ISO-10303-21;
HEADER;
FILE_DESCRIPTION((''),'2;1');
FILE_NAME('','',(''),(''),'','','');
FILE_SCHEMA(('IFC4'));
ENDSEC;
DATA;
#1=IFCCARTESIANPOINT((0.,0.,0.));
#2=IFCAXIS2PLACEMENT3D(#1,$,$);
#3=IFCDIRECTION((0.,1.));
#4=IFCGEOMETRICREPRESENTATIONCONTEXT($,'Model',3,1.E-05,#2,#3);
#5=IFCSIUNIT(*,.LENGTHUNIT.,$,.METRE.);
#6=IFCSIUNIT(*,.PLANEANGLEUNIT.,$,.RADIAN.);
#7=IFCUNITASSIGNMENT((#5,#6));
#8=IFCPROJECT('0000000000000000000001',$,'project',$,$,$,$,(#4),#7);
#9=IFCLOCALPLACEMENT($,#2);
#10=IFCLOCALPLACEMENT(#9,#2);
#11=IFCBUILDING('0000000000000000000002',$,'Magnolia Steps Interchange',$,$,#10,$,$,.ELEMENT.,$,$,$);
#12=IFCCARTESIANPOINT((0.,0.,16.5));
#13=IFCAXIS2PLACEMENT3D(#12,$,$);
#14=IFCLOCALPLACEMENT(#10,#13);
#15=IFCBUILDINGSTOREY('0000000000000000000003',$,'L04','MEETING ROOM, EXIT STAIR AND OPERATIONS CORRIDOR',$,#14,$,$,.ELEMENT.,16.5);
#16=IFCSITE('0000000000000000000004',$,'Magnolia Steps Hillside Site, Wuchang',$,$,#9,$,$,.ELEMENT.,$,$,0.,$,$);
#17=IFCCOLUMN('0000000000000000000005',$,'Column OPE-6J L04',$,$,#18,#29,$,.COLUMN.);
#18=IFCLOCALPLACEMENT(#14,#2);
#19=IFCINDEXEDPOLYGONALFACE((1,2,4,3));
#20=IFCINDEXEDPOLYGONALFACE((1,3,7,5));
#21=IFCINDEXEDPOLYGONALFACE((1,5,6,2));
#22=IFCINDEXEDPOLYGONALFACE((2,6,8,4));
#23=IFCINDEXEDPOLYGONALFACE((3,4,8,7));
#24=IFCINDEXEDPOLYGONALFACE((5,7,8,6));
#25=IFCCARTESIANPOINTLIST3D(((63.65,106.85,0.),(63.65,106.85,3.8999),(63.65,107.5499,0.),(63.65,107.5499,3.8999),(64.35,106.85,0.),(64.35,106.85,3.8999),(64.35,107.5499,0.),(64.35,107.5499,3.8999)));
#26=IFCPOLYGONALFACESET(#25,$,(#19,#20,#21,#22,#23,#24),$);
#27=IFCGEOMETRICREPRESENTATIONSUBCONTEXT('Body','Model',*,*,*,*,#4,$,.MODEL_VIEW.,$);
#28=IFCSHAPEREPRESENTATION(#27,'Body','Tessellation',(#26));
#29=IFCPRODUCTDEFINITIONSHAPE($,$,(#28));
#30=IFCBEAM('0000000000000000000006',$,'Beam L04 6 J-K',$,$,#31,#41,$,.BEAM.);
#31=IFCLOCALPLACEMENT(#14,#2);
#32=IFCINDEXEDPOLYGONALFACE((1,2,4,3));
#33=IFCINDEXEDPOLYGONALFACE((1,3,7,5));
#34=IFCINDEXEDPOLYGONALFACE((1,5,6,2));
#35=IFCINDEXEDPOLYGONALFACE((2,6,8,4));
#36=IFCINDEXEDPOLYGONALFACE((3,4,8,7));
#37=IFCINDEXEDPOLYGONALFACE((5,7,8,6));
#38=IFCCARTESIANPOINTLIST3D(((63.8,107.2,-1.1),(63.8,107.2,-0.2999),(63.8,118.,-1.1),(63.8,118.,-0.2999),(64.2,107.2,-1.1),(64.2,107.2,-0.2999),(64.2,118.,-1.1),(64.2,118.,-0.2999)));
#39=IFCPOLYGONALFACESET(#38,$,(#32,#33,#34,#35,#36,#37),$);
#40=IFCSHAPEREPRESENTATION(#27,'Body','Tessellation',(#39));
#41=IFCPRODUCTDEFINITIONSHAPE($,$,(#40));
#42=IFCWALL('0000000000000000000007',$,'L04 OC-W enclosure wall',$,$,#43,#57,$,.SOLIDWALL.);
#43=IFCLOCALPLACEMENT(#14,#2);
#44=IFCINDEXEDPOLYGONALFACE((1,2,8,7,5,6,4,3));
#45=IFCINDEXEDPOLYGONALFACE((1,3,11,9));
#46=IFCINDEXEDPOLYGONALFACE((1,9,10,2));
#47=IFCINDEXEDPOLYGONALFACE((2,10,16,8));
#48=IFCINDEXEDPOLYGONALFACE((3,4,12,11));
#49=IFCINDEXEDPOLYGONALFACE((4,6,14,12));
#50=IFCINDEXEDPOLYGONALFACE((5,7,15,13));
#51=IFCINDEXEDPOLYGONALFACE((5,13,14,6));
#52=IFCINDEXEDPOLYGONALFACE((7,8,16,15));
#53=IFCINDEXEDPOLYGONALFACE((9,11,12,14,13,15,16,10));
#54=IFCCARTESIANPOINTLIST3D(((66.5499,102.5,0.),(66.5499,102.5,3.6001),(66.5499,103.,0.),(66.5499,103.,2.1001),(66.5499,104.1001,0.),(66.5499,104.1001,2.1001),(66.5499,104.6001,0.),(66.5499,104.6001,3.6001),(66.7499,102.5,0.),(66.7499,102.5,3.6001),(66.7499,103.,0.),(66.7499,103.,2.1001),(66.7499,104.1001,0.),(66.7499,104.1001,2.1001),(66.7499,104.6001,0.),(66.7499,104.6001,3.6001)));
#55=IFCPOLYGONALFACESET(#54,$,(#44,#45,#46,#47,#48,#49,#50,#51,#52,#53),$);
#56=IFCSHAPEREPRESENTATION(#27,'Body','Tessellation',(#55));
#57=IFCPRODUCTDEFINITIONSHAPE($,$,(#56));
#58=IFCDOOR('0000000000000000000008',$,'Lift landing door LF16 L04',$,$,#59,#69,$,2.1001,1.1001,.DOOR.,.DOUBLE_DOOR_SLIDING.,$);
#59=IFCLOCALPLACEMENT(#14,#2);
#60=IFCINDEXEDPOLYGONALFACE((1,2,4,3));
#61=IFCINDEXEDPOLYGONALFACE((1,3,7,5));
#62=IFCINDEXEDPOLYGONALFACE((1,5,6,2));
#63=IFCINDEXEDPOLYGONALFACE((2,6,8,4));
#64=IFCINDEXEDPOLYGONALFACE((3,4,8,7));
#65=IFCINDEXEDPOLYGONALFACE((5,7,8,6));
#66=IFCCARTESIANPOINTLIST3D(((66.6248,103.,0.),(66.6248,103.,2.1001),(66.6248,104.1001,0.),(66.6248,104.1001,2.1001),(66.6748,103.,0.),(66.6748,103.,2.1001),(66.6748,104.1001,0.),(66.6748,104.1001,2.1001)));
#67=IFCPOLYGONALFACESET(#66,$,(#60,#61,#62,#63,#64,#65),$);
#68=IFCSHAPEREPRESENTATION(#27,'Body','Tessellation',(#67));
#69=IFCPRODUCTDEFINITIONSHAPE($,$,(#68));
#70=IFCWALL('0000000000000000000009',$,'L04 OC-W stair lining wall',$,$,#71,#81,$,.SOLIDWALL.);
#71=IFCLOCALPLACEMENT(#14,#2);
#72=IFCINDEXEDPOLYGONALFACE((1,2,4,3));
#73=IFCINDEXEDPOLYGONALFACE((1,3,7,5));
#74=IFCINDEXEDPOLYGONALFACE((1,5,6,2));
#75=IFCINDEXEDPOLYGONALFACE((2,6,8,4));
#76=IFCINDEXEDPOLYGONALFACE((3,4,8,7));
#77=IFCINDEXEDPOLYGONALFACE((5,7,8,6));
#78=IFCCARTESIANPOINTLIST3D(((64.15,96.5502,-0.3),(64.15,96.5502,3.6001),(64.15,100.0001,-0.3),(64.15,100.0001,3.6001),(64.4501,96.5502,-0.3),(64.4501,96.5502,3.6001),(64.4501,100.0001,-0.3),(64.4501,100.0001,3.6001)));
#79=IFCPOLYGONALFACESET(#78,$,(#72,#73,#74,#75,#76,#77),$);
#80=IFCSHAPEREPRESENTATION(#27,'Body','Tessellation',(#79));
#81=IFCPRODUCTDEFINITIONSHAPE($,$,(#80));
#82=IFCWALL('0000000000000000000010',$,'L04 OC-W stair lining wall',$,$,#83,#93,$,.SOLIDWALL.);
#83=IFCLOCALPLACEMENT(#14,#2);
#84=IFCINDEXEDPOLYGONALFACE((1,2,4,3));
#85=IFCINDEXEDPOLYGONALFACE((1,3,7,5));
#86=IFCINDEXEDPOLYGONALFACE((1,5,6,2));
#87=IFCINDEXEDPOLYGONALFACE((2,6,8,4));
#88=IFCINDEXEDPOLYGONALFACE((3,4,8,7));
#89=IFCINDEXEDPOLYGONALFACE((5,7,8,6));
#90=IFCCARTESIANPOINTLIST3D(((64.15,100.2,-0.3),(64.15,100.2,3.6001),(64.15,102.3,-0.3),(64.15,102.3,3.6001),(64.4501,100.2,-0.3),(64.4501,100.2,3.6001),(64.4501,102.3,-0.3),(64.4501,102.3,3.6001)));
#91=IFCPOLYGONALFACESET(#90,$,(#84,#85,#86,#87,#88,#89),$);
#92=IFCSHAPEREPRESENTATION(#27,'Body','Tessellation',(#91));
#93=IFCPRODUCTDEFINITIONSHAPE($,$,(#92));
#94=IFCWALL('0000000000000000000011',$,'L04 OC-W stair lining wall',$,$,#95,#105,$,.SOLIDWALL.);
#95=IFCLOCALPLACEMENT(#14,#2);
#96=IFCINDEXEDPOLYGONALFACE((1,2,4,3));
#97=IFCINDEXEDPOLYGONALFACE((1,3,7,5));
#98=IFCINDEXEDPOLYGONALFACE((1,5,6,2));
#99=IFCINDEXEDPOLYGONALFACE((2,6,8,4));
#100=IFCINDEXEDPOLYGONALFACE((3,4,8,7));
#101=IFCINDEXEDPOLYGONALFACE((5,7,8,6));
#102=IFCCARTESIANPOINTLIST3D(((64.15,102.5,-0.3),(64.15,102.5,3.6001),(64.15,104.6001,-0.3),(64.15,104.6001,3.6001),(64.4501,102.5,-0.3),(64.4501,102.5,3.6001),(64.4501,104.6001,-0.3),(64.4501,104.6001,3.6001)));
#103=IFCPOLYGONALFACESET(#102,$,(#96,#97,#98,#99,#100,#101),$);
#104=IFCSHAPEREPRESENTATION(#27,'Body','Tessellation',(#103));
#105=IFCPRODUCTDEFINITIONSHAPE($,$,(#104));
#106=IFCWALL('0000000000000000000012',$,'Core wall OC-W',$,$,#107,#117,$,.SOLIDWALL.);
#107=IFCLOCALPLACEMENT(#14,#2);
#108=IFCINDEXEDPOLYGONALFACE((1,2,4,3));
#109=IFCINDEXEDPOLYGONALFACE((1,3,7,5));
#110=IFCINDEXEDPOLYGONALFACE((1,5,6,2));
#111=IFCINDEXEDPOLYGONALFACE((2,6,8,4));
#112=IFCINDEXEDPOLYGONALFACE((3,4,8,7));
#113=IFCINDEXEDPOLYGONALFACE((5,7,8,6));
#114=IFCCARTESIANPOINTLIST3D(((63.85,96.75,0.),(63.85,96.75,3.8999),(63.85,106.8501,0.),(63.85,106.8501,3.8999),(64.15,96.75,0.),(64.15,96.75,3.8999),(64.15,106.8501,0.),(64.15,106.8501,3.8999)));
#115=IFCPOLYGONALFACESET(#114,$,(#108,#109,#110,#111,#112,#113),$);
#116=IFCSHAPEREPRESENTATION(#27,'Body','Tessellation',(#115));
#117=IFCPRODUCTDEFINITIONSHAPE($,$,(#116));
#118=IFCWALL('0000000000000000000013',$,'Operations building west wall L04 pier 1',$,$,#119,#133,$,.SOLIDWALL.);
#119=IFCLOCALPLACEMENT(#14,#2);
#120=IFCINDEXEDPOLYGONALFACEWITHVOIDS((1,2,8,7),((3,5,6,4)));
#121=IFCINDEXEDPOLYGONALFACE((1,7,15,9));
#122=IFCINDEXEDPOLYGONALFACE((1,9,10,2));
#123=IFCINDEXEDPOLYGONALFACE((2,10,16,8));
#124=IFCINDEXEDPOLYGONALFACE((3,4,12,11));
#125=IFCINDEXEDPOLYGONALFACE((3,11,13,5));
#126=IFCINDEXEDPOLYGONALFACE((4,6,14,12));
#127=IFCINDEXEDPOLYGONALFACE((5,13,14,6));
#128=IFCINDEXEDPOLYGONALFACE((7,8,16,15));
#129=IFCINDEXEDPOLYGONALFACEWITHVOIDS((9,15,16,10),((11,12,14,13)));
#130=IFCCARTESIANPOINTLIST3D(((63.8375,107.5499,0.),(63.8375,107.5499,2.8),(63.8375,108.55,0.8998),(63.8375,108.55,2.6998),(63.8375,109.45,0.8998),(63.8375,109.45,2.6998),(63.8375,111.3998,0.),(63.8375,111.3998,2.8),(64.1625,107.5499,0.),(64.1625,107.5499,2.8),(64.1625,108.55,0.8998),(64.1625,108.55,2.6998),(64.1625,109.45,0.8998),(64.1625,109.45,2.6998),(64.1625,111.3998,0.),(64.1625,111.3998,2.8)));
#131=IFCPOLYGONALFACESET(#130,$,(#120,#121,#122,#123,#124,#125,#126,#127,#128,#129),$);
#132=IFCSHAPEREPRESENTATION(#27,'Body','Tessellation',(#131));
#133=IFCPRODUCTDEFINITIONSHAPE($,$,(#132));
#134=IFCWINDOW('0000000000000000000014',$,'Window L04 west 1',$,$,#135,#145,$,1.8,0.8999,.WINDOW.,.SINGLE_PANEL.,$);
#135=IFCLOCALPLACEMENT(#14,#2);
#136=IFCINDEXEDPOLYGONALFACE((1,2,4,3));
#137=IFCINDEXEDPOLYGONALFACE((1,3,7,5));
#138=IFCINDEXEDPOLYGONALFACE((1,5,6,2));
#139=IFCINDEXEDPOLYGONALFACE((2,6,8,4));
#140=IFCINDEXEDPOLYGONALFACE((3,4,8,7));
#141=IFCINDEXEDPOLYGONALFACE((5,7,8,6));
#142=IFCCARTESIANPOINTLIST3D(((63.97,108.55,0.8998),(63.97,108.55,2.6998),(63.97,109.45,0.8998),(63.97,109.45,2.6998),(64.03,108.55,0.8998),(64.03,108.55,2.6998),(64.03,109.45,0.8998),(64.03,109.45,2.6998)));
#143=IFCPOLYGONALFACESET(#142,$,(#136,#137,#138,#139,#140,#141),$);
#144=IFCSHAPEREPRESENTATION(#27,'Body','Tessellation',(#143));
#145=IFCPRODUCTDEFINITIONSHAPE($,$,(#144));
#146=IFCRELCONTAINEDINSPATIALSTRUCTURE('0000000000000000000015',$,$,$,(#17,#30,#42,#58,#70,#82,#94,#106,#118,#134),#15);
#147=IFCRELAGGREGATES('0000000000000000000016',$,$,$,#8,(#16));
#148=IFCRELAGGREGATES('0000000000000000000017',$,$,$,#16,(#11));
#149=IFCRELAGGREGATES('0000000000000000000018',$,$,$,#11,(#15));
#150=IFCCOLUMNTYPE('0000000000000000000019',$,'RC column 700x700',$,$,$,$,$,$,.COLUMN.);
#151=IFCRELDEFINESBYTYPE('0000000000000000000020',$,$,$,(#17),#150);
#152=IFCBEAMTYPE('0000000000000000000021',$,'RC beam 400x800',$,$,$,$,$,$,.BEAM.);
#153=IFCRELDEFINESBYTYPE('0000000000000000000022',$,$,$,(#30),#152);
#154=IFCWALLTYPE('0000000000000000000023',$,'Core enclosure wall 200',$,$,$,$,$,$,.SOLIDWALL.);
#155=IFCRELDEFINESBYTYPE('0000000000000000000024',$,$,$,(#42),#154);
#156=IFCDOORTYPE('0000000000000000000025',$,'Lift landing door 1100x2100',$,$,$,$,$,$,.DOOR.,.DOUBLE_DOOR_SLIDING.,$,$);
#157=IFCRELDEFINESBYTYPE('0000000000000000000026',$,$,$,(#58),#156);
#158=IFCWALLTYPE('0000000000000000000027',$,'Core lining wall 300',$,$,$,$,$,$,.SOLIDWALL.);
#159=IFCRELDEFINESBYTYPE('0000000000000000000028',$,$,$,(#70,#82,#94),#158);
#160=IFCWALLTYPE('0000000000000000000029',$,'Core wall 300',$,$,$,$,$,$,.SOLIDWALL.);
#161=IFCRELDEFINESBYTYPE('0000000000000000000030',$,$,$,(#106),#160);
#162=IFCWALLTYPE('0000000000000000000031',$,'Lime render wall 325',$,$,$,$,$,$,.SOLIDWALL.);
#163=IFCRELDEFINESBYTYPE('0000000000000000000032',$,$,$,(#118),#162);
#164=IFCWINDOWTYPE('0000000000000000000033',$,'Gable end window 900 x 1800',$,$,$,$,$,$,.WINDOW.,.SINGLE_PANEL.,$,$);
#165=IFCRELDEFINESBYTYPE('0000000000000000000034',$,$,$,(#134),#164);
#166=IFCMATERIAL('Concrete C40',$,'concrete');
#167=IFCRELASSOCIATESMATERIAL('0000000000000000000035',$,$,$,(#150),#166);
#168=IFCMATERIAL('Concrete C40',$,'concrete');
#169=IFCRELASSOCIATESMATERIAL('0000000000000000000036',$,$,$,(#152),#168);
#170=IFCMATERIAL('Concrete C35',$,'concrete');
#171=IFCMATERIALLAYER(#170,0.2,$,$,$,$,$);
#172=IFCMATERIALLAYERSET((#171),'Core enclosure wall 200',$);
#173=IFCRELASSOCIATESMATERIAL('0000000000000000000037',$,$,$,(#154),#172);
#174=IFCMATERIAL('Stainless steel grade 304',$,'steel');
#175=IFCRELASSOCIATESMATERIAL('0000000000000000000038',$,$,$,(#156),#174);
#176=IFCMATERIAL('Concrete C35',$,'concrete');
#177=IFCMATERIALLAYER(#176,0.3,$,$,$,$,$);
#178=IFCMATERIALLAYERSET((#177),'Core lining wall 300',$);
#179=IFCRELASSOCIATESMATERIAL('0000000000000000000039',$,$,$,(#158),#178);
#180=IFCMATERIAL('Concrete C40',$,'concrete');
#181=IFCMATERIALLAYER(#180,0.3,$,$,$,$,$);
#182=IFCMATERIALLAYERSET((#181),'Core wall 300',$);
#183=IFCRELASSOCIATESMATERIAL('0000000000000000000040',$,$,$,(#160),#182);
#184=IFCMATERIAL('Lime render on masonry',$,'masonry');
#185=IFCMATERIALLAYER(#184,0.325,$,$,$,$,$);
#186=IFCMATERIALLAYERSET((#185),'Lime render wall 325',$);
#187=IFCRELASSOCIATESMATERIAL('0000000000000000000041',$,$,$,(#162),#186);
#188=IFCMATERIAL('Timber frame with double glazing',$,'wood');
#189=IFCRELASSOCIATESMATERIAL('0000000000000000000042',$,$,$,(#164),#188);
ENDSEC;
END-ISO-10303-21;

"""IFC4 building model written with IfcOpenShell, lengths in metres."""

from ifc_helpers import new_model, si_unit, direction, frame, frame_2d, origin, origin_2d, place, context, subcontext, project, spatial, rectangle, extrude, material, layer, layer_set, material_profile, profile_set, type_object, element, fill, save


model = new_model("IFC4")

# Units and contexts
model_context = context("Model", 3, precision=1e-05, world=origin(), true_north=direction((0.0, 1.0)))
body_context = subcontext(model_context, "Body", "Model", "MODEL_VIEW")
ifc_project = project(units=[si_unit("LENGTHUNIT", "METRE"), si_unit("PLANEANGLEUNIT", "RADIAN")], contexts=[model_context])

# Site, building, storey
site_placement = place(None, origin())
site = spatial("IfcSite", under=ifc_project, at=site_placement, Name="Magnolia Steps Hillside Site, Wuchang", CompositionType="ELEMENT", RefElevation=0.0)
building_placement = place(site_placement, origin())
building = spatial("IfcBuilding", under=site, at=building_placement, Name="Magnolia Steps Interchange", CompositionType="ELEMENT")
storey_placement = place(building_placement, frame((0.0, 0.0, 16.5)))
storey = spatial("IfcBuildingStorey", under=building, at=storey_placement, Name="L04", Description="MEETING ROOM, EXIT STAIR AND OPERATIONS CORRIDOR", CompositionType="ELEMENT", Elevation=16.5)

# Column
ifc_material_1 = material(Name="Concrete C40", Category="concrete")
ifc_material_profile_1 = material_profile(ifc_material_1, rectangle(XDim=0.7, YDim=0.7, at=origin_2d()), Name="RC700x700")
ifc_profile_set_1 = profile_set([ifc_material_profile_1], Name="Concrete C40")
column_type = type_object("IfcColumnType", Name="RC column 700x700", PredefinedType="COLUMN", material=ifc_profile_set_1)
column_placement = place(storey_placement, frame((64.0, 107.2, 0.0), z_axis=(0.0, 0.0, 1.0), x_axis=(1.0, 0.0, 0.0)))
element("IfcColumn", 1, at=column_placement, inside=storey, type_object=column_type, Name="Column OPE-6J L04", PredefinedType="COLUMN", context=body_context, shape_type="SweptSolid", body=[
    extrude(rectangle(XDim=0.7, YDim=0.7, at=origin_2d()), origin(), (0.0, 0.0, 1.0), 3.8999),
])

# Beam
ifc_material_2 = material(Name="Concrete C40", Category="concrete")
ifc_material_profile_2 = material_profile(ifc_material_2, rectangle(XDim=0.3999, YDim=0.8, at=origin_2d()), Name="RC400x800")
ifc_profile_set_2 = profile_set([ifc_material_profile_2], Name="Concrete C40")
beam_type = type_object("IfcBeamType", Name="RC beam 400x800", PredefinedType="BEAM", material=ifc_profile_set_2)
beam_placement = place(storey_placement, frame((64.0, 107.2, -0.7), z_axis=(0.0, 1.0, 0.0), x_axis=(-1.0, 0.0, 0.0)))
element("IfcBeam", 2, at=beam_placement, inside=storey, type_object=beam_type, Name="Beam L04 6 J-K", PredefinedType="BEAM", context=body_context, shape_type="SweptSolid", body=[
    extrude(rectangle(XDim=0.3999, YDim=0.8, at=origin_2d()), origin(), (0.0, 0.0, 1.0), 10.8),
])

# Wall, opening, door
ifc_material_3 = material(Name="Concrete C35", Category="concrete")
ifc_layer_1 = layer(ifc_material_3, 0.2)
ifc_layer_set_1 = layer_set([ifc_layer_1], Name="Core enclosure wall 200")
wall_type_1 = type_object("IfcWallType", Name="Core enclosure wall 200", PredefinedType="SOLIDWALL", material=ifc_layer_set_1)
wall_1_placement = place(storey_placement, frame((66.6499, 102.5, 0.0), z_axis=(0.0, 0.0, 1.0), x_axis=(0.0, 1.0, 0.0)))
wall_1 = element("IfcWall", 3, at=wall_1_placement, inside=storey, type_object=wall_type_1, Name="L04 OC-W enclosure wall", PredefinedType="SOLIDWALL", context=body_context, shape_type="SweptSolid", body=[
    extrude(rectangle(XDim=2.1001, YDim=0.2, at=frame_2d((1.05, 0.0))), origin(), (0.0, 0.0, 1.0), 3.6001),
])
opening_1_placement = place(wall_1_placement, frame((0.5, 0.0, 0.0)))
opening_1 = element("IfcOpeningElement", 4, at=opening_1_placement, cuts=wall_1, PredefinedType="OPENING", context=body_context, shape_type="SweptSolid", body=[
    extrude(rectangle(XDim=1.1001, YDim=2.1001, at=frame_2d((0.55, 1.05))), frame((0.0, 0.1099, 0.0), z_axis=(0.0, -1.0, 0.0), x_axis=(1.0, 0.0, 0.0)), (0.0, 0.0, 1.0), 0.22),
])
ifc_material_4 = material(Name="Stainless steel grade 304", Category="steel")
door_type_1 = type_object("IfcDoorType", Name="Lift landing door 1100x2100", OperationType="DOUBLE_DOOR_SLIDING", PredefinedType="DOOR", material=ifc_material_4)
door_1_placement = place(opening_1_placement, frame((1.1001, 0.0, 0.0), z_axis=(0.0, 0.0, 1.0), x_axis=(-1.0, 0.0, 0.0)))
door_1 = element("IfcDoor", 5, at=door_1_placement, inside=storey, type_object=door_type_1, Name="Lift landing door LF16 L04", OperationType="DOUBLE_DOOR_SLIDING", OverallHeight=2.1001, OverallWidth=1.1001, PredefinedType="DOOR", context=body_context, shape_type="SweptSolid", body=[
    extrude(rectangle(XDim=1.1001, YDim=2.1001, at=frame_2d((0.55, 1.05))), frame((0.0, 0.0249, 0.0), z_axis=(0.0, -1.0, 0.0), x_axis=(1.0, 0.0, 0.0)), (0.0, 0.0, 1.0), 0.05),
])
fill(opening_1, door_1)

# Walls
ifc_material_5 = material(Name="Concrete C35", Category="concrete")
ifc_layer_2 = layer(ifc_material_5, 0.3)
ifc_layer_set_2 = layer_set([ifc_layer_2], Name="Core lining wall 300")
wall_type_2 = type_object("IfcWallType", Name="Core lining wall 300", PredefinedType="SOLIDWALL", material=ifc_layer_set_2)
wall_2_placement = place(storey_placement, frame((64.3, 96.55, -0.3), z_axis=(0.0, 0.0, 1.0), x_axis=(0.0, 1.0, 0.0)))
element("IfcWall", 6, at=wall_2_placement, inside=storey, type_object=wall_type_2, Name="L04 OC-W stair lining wall", PredefinedType="SOLIDWALL", context=body_context, shape_type="SweptSolid", body=[
    extrude(rectangle(XDim=3.45, YDim=0.3, at=frame_2d((1.7251, 0.0))), origin(), (0.0, 0.0, 1.0), 3.9001),
])
for number, where, z_axis, x_axis, name in (
    (7, (64.3, 100.2, -0.3), (0.0, 0.0, 1.0), (0.0, 1.0, 0.0), "L04 OC-W stair lining wall"),
    (8, (64.3, 102.5, -0.3), (0.0, 0.0, 1.0), (0.0, 1.0, 0.0), "L04 OC-W stair lining wall"),
):
    element("IfcWall", number, at=place(storey_placement, frame(where, z_axis=z_axis, x_axis=x_axis)), inside=storey, type_object=wall_type_2, Name=name, PredefinedType="SOLIDWALL", context=body_context, shape_type="SweptSolid", body=[
        extrude(rectangle(XDim=2.1001, YDim=0.3, at=frame_2d((1.05, 0.0))), origin(), (0.0, 0.0, 1.0), 3.9001),
    ])
ifc_material_6 = material(Name="Concrete C40", Category="concrete")
ifc_layer_3 = layer(ifc_material_6, 0.3)
ifc_layer_set_3 = layer_set([ifc_layer_3], Name="Core wall 300")
wall_type_3 = type_object("IfcWallType", Name="Core wall 300", PredefinedType="SOLIDWALL", material=ifc_layer_set_3)
wall_3_placement = place(storey_placement, frame((64.0, 106.8501, 0.0), z_axis=(0.0, 0.0, 1.0), x_axis=(0.0, -1.0, 0.0)))
element("IfcWall", 9, at=wall_3_placement, inside=storey, type_object=wall_type_3, Name="Core wall OC-W", PredefinedType="SOLIDWALL", context=body_context, shape_type="SweptSolid", body=[
    extrude(rectangle(XDim=10.1001, YDim=0.3, at=frame_2d((5.05, 0.0))), origin(), (0.0, 0.0, 1.0), 3.8999),
])

# Wall, opening, window
ifc_material_7 = material(Name="Lime render on masonry", Category="masonry")
ifc_layer_4 = layer(ifc_material_7, 0.325)
ifc_layer_set_4 = layer_set([ifc_layer_4], Name="Lime render wall 325")
wall_type_4 = type_object("IfcWallType", Name="Lime render wall 325", PredefinedType="SOLIDWALL", material=ifc_layer_set_4)
wall_4_placement = place(storey_placement, frame((64.0, 107.55, 0.0), z_axis=(0.0, 0.0, 1.0), x_axis=(0.0, 1.0, 0.0)))
wall_4 = element("IfcWall", 10, at=wall_4_placement, inside=storey, type_object=wall_type_4, Name="Operations building west wall L04 pier 1", PredefinedType="SOLIDWALL", context=body_context, shape_type="SweptSolid", body=[
    extrude(rectangle(XDim=3.8499, YDim=0.325, at=frame_2d((1.9248, 0.0))), origin(), (0.0, 0.0, 1.0), 2.8),
])
opening_2_placement = place(wall_4_placement, frame((1.0, 0.0, 0.8999)))
opening_2 = element("IfcOpeningElement", 11, at=opening_2_placement, cuts=wall_4, PredefinedType="OPENING", context=body_context, shape_type="SweptSolid", body=[
    extrude(rectangle(XDim=0.8999, YDim=1.8, at=frame_2d((0.45, 0.8999))), frame((0.0, 0.1724, 0.0), z_axis=(0.0, -1.0, 0.0), x_axis=(1.0, 0.0, 0.0)), (0.0, 0.0, 1.0), 0.345),
])
ifc_material_8 = material(Name="Timber frame with double glazing", Category="wood")
window_type = type_object("IfcWindowType", Name="Gable end window 900 x 1800", PartitioningType="SINGLE_PANEL", PredefinedType="WINDOW", material=ifc_material_8)
window_placement = place(opening_2_placement, origin())
window = element("IfcWindow", 12, at=window_placement, inside=storey, type_object=window_type, Name="Window L04 west 1", OverallHeight=1.8, OverallWidth=0.8999, PartitioningType="SINGLE_PANEL", PredefinedType="WINDOW", context=body_context, shape_type="SweptSolid", body=[
    extrude(rectangle(XDim=0.8999, YDim=1.8, at=frame_2d((0.45, 0.8999))), frame((0.0, 0.03, 0.0), z_axis=(0.0, -1.0, 0.0), x_axis=(1.0, 0.0, 0.0)), (0.0, 0.0, 1.0), 0.0601),
])
fill(opening_2, window)

save(model, "model.ifc")
